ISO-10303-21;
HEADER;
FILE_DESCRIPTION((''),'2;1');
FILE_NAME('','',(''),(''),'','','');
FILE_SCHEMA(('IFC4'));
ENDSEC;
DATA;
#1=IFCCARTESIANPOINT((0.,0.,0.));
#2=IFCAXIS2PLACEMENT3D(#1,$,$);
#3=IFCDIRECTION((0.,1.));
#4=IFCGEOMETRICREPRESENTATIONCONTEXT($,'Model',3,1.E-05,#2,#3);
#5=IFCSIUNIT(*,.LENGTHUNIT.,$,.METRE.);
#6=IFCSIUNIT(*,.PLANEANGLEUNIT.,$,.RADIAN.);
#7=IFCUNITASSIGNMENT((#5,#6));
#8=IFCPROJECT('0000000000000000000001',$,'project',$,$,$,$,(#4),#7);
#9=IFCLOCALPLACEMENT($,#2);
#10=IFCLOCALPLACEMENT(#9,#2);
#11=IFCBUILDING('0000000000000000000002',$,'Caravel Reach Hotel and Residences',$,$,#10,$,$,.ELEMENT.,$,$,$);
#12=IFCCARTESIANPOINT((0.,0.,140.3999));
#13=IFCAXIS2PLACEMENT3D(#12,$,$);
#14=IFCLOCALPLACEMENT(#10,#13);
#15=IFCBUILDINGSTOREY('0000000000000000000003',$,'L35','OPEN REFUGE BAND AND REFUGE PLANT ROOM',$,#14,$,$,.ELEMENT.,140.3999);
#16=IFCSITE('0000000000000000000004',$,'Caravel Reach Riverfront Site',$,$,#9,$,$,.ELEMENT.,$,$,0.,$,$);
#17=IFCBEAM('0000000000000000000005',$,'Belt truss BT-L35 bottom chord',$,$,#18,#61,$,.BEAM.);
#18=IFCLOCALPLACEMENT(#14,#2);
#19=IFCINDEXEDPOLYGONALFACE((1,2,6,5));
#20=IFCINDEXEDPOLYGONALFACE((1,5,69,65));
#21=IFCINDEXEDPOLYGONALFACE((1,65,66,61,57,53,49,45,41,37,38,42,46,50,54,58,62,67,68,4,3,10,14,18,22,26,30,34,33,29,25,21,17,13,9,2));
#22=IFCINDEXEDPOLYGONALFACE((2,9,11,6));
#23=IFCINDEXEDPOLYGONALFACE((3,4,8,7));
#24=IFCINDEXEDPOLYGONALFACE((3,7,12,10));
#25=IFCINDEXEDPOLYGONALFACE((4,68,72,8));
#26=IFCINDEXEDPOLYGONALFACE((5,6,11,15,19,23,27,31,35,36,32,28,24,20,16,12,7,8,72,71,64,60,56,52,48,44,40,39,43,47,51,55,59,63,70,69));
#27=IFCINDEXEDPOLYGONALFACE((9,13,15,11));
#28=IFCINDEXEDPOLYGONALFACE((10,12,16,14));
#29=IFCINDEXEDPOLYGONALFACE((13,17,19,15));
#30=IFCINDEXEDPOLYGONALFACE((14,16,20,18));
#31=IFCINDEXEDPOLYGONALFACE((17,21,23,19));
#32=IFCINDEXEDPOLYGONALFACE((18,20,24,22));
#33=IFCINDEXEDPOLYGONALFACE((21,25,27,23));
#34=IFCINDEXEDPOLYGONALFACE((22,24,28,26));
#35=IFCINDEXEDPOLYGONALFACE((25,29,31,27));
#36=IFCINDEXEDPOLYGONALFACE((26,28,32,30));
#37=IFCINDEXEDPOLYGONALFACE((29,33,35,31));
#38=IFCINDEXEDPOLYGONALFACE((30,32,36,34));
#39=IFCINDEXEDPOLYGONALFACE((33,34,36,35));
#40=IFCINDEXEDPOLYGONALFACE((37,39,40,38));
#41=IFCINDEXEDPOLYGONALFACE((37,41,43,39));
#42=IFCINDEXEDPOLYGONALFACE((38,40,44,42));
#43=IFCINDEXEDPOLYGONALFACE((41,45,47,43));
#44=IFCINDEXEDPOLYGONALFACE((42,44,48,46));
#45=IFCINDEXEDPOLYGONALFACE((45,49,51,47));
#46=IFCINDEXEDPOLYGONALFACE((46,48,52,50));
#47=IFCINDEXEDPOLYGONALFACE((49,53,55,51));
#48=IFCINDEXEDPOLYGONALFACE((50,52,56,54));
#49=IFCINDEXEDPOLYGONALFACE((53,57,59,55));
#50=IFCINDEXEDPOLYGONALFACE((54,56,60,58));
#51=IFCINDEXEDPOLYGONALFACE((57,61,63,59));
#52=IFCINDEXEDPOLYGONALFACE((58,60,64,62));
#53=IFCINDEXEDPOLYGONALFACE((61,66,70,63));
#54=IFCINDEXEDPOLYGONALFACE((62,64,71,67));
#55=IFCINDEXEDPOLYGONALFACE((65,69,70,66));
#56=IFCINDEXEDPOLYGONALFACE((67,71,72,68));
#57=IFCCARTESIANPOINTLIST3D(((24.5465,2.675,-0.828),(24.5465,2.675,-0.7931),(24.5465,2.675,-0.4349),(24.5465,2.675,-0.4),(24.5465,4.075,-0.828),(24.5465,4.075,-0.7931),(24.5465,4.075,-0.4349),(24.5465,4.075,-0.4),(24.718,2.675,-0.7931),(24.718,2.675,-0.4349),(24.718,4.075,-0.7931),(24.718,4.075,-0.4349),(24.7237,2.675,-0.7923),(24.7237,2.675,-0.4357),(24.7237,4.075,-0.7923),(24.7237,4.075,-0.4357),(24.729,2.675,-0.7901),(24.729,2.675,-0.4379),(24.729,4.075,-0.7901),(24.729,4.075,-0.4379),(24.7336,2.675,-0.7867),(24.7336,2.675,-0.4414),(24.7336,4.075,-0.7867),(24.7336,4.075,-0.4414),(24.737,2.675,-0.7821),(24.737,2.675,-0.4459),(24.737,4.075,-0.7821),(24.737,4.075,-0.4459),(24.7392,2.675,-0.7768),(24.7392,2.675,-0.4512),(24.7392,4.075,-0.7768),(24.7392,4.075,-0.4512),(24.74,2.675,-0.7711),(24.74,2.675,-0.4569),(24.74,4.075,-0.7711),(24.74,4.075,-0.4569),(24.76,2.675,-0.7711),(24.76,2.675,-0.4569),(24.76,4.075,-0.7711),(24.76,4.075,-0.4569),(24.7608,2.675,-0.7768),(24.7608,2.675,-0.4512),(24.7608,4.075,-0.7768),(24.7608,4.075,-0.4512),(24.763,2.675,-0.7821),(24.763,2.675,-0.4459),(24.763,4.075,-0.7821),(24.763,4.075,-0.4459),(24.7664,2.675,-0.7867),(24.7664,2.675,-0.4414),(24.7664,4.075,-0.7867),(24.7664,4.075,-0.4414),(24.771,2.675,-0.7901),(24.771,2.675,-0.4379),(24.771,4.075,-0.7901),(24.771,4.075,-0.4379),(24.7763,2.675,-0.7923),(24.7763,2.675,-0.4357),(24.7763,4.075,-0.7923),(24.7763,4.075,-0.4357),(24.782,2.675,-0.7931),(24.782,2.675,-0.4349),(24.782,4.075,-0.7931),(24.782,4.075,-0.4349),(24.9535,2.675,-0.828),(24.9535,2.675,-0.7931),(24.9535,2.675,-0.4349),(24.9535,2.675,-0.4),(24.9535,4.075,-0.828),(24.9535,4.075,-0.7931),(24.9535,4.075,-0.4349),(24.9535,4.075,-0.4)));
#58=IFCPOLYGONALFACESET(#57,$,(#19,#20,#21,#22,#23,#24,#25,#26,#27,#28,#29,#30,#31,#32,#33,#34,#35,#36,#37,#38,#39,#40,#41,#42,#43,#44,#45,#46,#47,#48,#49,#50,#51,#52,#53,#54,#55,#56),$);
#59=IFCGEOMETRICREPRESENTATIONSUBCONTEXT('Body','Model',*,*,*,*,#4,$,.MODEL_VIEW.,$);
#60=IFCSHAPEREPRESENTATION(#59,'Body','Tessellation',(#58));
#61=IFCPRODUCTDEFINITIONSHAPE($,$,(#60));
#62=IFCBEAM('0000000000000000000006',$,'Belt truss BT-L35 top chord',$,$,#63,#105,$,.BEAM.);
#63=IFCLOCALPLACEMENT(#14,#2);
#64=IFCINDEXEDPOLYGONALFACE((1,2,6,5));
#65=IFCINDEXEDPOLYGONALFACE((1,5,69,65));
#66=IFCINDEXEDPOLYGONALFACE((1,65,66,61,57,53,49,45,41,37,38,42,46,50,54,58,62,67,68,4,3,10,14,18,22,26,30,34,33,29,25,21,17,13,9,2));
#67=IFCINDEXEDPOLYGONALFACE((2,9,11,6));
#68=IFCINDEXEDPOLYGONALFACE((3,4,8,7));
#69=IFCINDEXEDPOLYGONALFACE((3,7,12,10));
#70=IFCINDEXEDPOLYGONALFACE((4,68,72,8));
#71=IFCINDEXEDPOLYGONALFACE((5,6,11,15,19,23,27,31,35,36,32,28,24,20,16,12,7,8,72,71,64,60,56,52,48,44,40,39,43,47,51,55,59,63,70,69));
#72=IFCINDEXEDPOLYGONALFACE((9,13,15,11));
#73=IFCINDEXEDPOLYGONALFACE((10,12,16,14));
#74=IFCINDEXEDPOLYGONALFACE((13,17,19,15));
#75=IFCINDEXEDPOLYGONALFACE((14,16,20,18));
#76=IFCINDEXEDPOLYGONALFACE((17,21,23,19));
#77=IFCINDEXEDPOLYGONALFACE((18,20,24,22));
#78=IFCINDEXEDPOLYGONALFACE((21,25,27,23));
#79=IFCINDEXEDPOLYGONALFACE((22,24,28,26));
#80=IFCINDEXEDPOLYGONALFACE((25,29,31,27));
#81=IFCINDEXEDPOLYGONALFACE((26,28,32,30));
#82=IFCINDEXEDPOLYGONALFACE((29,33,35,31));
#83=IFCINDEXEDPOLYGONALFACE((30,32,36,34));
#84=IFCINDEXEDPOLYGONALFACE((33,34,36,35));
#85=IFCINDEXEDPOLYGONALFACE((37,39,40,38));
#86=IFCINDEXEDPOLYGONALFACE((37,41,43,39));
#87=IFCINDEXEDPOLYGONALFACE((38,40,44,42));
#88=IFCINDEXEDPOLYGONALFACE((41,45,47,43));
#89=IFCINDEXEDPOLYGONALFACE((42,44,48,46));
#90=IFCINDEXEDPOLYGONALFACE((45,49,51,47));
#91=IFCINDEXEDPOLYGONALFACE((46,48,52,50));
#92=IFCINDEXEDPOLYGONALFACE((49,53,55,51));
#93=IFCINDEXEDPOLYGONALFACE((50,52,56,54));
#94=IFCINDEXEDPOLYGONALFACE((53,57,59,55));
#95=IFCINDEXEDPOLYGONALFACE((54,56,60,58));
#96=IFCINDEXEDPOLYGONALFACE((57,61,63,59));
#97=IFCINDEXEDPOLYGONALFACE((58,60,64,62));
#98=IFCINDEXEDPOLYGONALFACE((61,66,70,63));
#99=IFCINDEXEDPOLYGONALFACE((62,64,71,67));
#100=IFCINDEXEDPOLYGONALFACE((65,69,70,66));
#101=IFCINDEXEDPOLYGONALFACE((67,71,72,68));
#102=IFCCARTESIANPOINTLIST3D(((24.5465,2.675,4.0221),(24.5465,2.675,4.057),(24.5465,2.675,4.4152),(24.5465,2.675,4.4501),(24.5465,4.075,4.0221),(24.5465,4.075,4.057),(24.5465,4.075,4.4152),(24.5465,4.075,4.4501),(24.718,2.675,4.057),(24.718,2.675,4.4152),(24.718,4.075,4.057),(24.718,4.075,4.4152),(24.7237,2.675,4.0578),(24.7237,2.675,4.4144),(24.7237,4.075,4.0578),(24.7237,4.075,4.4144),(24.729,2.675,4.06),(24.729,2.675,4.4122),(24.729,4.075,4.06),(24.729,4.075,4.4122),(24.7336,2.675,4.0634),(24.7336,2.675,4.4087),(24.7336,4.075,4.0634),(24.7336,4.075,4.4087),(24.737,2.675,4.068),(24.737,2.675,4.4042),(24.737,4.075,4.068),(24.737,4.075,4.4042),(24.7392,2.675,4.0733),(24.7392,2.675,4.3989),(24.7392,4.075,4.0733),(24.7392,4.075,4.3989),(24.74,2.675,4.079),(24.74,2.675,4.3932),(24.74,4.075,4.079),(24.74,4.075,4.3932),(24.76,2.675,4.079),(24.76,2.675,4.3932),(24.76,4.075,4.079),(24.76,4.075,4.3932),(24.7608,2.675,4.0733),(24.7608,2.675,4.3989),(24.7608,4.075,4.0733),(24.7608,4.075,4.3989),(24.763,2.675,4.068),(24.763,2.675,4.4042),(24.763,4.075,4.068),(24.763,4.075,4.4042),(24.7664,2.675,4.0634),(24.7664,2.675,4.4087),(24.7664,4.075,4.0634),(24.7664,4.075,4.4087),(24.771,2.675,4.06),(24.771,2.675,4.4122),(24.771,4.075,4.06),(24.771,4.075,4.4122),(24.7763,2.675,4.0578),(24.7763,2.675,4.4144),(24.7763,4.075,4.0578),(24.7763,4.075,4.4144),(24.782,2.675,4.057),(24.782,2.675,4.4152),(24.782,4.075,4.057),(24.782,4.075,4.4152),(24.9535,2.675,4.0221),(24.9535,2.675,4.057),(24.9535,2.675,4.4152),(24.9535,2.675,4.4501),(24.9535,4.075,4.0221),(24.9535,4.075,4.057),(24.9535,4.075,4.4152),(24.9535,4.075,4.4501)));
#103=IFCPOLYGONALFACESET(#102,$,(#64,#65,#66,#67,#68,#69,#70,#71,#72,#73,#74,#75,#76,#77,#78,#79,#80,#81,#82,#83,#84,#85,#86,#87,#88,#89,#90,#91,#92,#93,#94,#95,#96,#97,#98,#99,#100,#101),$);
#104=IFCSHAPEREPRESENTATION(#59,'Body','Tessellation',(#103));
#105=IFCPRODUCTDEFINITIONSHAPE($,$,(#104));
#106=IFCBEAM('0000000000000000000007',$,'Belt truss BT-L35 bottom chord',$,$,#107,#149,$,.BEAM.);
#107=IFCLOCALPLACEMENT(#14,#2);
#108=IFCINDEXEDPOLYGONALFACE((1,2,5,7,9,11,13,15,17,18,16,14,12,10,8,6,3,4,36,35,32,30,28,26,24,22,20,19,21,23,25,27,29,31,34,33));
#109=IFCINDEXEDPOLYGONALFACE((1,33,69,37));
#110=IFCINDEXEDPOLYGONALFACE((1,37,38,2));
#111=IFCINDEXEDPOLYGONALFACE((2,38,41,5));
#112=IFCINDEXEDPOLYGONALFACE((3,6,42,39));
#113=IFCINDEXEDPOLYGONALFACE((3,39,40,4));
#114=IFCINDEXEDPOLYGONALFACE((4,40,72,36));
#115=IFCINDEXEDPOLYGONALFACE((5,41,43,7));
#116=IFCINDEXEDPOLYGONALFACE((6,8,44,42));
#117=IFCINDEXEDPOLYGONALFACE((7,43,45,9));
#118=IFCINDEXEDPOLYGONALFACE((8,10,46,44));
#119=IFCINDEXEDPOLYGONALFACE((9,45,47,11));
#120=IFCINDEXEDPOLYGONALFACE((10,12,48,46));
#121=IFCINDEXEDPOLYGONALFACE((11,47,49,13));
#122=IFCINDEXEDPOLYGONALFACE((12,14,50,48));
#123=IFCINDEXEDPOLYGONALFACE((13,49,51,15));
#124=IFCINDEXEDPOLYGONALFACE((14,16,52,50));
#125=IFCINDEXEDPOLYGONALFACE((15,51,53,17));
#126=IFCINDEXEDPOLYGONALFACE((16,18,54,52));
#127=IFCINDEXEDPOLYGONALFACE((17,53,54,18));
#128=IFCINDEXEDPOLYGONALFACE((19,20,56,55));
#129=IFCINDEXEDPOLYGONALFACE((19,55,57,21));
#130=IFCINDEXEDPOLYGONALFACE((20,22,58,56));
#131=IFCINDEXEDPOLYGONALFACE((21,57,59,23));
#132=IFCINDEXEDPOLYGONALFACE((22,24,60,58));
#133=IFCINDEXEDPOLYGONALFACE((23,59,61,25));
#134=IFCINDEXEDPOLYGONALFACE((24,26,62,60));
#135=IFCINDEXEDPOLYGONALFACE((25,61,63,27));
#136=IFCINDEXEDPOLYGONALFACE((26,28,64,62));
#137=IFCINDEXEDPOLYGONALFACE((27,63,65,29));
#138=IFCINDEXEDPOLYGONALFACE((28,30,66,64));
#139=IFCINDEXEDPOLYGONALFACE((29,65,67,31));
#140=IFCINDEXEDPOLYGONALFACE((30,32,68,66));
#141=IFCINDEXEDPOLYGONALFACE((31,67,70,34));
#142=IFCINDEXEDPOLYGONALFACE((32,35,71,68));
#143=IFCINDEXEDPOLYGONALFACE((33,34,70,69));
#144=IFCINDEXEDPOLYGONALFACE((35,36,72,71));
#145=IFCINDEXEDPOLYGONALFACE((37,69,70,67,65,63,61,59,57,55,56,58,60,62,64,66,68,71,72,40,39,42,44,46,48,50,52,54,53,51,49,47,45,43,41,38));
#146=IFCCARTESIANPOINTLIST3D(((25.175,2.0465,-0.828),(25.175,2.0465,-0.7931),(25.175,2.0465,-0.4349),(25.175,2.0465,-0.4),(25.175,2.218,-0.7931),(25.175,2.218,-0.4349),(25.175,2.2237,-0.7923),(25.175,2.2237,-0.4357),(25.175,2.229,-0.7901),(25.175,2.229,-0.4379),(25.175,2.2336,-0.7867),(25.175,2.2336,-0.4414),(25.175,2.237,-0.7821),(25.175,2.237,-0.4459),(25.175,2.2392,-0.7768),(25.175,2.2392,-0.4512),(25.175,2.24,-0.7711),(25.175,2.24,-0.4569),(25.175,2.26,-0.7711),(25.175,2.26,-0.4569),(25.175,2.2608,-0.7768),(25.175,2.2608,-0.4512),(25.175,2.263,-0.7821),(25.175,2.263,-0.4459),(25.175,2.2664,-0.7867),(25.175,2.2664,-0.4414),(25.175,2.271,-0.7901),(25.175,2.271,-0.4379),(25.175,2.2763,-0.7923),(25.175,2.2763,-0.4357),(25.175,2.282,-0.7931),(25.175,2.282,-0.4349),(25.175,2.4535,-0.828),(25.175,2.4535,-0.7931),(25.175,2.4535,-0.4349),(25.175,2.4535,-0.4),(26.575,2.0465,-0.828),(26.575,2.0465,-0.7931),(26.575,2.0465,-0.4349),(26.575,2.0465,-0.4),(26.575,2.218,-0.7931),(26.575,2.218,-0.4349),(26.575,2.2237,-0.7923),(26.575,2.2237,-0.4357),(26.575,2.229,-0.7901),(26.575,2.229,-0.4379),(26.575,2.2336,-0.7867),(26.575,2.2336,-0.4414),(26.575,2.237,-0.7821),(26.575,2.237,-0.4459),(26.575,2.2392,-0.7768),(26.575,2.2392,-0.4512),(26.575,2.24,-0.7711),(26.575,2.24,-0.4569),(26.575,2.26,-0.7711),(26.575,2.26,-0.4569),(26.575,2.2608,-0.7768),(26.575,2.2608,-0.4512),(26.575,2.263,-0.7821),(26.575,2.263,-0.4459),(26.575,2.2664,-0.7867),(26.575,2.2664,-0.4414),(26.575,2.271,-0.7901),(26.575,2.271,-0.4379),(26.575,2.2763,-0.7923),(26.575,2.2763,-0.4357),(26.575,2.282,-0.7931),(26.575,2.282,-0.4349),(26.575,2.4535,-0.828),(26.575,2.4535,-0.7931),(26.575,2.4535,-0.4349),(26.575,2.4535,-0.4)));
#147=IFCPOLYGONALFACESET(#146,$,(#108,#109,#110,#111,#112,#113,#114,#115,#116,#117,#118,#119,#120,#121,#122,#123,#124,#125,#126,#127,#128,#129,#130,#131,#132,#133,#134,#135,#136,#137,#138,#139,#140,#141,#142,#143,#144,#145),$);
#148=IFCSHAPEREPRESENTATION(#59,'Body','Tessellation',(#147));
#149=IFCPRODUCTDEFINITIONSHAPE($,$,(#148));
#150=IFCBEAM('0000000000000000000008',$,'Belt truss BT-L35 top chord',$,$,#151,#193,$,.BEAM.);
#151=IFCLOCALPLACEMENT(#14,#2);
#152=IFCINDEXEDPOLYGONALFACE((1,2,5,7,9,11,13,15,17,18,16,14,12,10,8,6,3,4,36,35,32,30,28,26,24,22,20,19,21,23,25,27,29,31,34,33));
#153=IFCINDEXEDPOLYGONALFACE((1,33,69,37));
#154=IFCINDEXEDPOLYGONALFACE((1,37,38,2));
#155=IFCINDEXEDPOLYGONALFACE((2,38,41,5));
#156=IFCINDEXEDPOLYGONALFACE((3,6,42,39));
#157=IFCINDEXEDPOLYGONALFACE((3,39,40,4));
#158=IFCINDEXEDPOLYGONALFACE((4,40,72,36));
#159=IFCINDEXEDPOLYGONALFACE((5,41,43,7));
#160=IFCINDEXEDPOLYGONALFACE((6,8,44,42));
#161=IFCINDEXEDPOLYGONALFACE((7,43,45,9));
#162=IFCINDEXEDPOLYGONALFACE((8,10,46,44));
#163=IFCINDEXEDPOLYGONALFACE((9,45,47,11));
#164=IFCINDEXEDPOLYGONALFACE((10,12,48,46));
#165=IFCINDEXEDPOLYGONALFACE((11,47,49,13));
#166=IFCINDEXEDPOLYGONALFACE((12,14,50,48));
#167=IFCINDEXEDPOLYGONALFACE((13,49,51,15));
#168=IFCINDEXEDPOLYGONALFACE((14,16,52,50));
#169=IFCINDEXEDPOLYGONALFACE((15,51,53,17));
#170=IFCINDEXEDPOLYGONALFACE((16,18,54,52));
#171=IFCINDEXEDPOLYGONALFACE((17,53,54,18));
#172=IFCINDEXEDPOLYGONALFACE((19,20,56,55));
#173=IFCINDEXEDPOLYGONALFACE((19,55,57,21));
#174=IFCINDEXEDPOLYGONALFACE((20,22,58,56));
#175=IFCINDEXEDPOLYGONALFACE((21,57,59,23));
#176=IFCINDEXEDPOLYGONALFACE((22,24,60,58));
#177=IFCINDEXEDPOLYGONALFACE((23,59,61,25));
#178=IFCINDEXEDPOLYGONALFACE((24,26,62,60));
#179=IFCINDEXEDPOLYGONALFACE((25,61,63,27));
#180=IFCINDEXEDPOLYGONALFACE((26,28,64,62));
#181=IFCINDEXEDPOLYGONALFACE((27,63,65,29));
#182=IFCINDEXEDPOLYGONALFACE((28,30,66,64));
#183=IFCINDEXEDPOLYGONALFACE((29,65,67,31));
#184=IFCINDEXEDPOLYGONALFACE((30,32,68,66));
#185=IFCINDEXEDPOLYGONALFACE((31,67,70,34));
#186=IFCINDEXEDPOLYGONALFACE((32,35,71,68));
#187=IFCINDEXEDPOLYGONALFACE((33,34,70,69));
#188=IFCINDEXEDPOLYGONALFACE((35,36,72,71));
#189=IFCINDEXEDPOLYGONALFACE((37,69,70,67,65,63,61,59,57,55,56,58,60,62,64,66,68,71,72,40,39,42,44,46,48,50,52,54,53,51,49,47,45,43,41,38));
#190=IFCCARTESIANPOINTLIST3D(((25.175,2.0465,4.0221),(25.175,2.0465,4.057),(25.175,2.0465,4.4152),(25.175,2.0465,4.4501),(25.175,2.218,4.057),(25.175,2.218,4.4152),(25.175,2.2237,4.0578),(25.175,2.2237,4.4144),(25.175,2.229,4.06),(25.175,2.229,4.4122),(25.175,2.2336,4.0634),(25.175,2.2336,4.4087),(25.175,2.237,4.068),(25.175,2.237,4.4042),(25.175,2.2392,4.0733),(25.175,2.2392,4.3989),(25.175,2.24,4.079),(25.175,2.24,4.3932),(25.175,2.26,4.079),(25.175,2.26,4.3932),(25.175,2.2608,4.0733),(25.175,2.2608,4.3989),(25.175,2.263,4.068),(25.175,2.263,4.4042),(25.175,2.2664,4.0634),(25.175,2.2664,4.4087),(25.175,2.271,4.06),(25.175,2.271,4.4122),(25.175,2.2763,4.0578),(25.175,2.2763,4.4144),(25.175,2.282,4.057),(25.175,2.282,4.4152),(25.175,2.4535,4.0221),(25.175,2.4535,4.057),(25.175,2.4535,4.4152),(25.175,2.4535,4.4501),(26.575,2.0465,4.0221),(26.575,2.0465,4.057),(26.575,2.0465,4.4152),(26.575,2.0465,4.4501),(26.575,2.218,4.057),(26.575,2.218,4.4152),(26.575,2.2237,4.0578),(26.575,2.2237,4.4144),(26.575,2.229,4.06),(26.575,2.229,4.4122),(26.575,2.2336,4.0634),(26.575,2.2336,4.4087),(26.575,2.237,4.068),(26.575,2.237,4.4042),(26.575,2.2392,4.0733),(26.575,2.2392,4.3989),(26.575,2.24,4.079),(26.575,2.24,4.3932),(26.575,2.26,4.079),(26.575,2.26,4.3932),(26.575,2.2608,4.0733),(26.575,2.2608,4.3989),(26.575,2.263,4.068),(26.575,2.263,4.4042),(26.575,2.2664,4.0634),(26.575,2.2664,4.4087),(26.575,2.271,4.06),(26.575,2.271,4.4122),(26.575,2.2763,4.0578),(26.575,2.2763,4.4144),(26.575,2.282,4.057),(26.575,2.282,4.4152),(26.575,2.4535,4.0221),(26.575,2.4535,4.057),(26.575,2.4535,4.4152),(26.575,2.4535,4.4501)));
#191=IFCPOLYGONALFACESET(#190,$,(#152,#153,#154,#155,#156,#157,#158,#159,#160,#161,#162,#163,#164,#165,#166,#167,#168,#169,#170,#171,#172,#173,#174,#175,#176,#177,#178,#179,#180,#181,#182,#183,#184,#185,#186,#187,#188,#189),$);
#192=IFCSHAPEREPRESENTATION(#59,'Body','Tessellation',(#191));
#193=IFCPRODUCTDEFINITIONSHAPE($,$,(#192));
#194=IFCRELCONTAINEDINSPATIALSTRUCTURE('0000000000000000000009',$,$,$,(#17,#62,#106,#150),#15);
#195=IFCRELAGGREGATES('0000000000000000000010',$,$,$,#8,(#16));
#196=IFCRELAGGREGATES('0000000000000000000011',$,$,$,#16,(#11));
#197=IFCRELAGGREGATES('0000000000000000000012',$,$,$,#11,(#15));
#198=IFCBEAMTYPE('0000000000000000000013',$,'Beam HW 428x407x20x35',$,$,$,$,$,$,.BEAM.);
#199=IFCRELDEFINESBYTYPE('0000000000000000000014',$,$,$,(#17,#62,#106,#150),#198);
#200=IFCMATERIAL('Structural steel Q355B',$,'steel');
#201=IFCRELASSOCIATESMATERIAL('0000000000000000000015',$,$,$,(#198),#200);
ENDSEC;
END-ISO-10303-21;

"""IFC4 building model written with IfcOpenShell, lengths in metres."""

from ifc_helpers import new_model, si_unit, direction, frame, origin, origin_2d, place, context, subcontext, project, spatial, i_section, extrude, material, material_profile, profile_set, type_object, element, save


model = new_model("IFC4")

# Units and contexts
model_context = context("Model", 3, precision=1e-05, world=origin(), true_north=direction((0.0, 1.0)))
body_context = subcontext(model_context, "Body", "Model", "MODEL_VIEW")
ifc_project = project(units=[si_unit("LENGTHUNIT", "METRE"), si_unit("PLANEANGLEUNIT", "RADIAN")], contexts=[model_context])

# Site, building, storey
site_placement = place(None, origin())
site = spatial("IfcSite", under=ifc_project, at=site_placement, Name="Caravel Reach Riverfront Site", CompositionType="ELEMENT", RefElevation=0.0)
building_placement = place(site_placement, origin())
building = spatial("IfcBuilding", under=site, at=building_placement, Name="Caravel Reach Hotel and Residences", CompositionType="ELEMENT")
storey_placement = place(building_placement, frame((0.0, 0.0, 140.3999)))
storey = spatial("IfcBuildingStorey", under=building, at=storey_placement, Name="L35", Description="OPEN REFUGE BAND AND REFUGE PLANT ROOM", CompositionType="ELEMENT", Elevation=140.3999)

# Beams
ifc_material_1 = material(Name="Structural steel Q355B", Category="steel")
ifc_material_profile_1 = material_profile(ifc_material_1, i_section(OverallWidth=0.407, OverallDepth=0.428, WebThickness=0.02, FlangeThickness=0.0349, FilletRadius=0.022, at=origin_2d()), Name="HW 428x407x20x35")
ifc_profile_set_1 = profile_set([ifc_material_profile_1], Name="Structural steel Q355B")
beam_type = type_object("IfcBeamType", Name="Beam HW 428x407x20x35", PredefinedType="BEAM", material=ifc_profile_set_1)
for number, where, z_axis, x_axis, name in (
    (1, (24.75, 4.075, -0.614), (0.0, -1.0, 0.0), (1.0, 0.0, 0.0), "Belt truss BT-L35 bottom chord"),
    (2, (24.75, 4.075, 4.2361), (0.0, -1.0, 0.0), (1.0, 0.0, 0.0), "Belt truss BT-L35 top chord"),
    (3, (25.175, 2.25, -0.614), (1.0, 0.0, 0.0), (0.0, 1.0, 0.0), "Belt truss BT-L35 bottom chord"),
    (4, (25.175, 2.25, 4.2361), (1.0, 0.0, 0.0), (0.0, 1.0, 0.0), "Belt truss BT-L35 top chord"),
):
    element("IfcBeam", number, at=place(storey_placement, frame(where, z_axis=z_axis, x_axis=x_axis)), inside=storey, type_object=beam_type, Name=name, PredefinedType="BEAM", context=body_context, shape_type="SweptSolid", body=[
        extrude(i_section(OverallWidth=0.407, OverallDepth=0.428, WebThickness=0.02, FlangeThickness=0.0349, FilletRadius=0.022, at=origin_2d()), origin(), (0.0, 0.0, 1.0), 1.3999),
    ])

save(model, "model.ifc")
